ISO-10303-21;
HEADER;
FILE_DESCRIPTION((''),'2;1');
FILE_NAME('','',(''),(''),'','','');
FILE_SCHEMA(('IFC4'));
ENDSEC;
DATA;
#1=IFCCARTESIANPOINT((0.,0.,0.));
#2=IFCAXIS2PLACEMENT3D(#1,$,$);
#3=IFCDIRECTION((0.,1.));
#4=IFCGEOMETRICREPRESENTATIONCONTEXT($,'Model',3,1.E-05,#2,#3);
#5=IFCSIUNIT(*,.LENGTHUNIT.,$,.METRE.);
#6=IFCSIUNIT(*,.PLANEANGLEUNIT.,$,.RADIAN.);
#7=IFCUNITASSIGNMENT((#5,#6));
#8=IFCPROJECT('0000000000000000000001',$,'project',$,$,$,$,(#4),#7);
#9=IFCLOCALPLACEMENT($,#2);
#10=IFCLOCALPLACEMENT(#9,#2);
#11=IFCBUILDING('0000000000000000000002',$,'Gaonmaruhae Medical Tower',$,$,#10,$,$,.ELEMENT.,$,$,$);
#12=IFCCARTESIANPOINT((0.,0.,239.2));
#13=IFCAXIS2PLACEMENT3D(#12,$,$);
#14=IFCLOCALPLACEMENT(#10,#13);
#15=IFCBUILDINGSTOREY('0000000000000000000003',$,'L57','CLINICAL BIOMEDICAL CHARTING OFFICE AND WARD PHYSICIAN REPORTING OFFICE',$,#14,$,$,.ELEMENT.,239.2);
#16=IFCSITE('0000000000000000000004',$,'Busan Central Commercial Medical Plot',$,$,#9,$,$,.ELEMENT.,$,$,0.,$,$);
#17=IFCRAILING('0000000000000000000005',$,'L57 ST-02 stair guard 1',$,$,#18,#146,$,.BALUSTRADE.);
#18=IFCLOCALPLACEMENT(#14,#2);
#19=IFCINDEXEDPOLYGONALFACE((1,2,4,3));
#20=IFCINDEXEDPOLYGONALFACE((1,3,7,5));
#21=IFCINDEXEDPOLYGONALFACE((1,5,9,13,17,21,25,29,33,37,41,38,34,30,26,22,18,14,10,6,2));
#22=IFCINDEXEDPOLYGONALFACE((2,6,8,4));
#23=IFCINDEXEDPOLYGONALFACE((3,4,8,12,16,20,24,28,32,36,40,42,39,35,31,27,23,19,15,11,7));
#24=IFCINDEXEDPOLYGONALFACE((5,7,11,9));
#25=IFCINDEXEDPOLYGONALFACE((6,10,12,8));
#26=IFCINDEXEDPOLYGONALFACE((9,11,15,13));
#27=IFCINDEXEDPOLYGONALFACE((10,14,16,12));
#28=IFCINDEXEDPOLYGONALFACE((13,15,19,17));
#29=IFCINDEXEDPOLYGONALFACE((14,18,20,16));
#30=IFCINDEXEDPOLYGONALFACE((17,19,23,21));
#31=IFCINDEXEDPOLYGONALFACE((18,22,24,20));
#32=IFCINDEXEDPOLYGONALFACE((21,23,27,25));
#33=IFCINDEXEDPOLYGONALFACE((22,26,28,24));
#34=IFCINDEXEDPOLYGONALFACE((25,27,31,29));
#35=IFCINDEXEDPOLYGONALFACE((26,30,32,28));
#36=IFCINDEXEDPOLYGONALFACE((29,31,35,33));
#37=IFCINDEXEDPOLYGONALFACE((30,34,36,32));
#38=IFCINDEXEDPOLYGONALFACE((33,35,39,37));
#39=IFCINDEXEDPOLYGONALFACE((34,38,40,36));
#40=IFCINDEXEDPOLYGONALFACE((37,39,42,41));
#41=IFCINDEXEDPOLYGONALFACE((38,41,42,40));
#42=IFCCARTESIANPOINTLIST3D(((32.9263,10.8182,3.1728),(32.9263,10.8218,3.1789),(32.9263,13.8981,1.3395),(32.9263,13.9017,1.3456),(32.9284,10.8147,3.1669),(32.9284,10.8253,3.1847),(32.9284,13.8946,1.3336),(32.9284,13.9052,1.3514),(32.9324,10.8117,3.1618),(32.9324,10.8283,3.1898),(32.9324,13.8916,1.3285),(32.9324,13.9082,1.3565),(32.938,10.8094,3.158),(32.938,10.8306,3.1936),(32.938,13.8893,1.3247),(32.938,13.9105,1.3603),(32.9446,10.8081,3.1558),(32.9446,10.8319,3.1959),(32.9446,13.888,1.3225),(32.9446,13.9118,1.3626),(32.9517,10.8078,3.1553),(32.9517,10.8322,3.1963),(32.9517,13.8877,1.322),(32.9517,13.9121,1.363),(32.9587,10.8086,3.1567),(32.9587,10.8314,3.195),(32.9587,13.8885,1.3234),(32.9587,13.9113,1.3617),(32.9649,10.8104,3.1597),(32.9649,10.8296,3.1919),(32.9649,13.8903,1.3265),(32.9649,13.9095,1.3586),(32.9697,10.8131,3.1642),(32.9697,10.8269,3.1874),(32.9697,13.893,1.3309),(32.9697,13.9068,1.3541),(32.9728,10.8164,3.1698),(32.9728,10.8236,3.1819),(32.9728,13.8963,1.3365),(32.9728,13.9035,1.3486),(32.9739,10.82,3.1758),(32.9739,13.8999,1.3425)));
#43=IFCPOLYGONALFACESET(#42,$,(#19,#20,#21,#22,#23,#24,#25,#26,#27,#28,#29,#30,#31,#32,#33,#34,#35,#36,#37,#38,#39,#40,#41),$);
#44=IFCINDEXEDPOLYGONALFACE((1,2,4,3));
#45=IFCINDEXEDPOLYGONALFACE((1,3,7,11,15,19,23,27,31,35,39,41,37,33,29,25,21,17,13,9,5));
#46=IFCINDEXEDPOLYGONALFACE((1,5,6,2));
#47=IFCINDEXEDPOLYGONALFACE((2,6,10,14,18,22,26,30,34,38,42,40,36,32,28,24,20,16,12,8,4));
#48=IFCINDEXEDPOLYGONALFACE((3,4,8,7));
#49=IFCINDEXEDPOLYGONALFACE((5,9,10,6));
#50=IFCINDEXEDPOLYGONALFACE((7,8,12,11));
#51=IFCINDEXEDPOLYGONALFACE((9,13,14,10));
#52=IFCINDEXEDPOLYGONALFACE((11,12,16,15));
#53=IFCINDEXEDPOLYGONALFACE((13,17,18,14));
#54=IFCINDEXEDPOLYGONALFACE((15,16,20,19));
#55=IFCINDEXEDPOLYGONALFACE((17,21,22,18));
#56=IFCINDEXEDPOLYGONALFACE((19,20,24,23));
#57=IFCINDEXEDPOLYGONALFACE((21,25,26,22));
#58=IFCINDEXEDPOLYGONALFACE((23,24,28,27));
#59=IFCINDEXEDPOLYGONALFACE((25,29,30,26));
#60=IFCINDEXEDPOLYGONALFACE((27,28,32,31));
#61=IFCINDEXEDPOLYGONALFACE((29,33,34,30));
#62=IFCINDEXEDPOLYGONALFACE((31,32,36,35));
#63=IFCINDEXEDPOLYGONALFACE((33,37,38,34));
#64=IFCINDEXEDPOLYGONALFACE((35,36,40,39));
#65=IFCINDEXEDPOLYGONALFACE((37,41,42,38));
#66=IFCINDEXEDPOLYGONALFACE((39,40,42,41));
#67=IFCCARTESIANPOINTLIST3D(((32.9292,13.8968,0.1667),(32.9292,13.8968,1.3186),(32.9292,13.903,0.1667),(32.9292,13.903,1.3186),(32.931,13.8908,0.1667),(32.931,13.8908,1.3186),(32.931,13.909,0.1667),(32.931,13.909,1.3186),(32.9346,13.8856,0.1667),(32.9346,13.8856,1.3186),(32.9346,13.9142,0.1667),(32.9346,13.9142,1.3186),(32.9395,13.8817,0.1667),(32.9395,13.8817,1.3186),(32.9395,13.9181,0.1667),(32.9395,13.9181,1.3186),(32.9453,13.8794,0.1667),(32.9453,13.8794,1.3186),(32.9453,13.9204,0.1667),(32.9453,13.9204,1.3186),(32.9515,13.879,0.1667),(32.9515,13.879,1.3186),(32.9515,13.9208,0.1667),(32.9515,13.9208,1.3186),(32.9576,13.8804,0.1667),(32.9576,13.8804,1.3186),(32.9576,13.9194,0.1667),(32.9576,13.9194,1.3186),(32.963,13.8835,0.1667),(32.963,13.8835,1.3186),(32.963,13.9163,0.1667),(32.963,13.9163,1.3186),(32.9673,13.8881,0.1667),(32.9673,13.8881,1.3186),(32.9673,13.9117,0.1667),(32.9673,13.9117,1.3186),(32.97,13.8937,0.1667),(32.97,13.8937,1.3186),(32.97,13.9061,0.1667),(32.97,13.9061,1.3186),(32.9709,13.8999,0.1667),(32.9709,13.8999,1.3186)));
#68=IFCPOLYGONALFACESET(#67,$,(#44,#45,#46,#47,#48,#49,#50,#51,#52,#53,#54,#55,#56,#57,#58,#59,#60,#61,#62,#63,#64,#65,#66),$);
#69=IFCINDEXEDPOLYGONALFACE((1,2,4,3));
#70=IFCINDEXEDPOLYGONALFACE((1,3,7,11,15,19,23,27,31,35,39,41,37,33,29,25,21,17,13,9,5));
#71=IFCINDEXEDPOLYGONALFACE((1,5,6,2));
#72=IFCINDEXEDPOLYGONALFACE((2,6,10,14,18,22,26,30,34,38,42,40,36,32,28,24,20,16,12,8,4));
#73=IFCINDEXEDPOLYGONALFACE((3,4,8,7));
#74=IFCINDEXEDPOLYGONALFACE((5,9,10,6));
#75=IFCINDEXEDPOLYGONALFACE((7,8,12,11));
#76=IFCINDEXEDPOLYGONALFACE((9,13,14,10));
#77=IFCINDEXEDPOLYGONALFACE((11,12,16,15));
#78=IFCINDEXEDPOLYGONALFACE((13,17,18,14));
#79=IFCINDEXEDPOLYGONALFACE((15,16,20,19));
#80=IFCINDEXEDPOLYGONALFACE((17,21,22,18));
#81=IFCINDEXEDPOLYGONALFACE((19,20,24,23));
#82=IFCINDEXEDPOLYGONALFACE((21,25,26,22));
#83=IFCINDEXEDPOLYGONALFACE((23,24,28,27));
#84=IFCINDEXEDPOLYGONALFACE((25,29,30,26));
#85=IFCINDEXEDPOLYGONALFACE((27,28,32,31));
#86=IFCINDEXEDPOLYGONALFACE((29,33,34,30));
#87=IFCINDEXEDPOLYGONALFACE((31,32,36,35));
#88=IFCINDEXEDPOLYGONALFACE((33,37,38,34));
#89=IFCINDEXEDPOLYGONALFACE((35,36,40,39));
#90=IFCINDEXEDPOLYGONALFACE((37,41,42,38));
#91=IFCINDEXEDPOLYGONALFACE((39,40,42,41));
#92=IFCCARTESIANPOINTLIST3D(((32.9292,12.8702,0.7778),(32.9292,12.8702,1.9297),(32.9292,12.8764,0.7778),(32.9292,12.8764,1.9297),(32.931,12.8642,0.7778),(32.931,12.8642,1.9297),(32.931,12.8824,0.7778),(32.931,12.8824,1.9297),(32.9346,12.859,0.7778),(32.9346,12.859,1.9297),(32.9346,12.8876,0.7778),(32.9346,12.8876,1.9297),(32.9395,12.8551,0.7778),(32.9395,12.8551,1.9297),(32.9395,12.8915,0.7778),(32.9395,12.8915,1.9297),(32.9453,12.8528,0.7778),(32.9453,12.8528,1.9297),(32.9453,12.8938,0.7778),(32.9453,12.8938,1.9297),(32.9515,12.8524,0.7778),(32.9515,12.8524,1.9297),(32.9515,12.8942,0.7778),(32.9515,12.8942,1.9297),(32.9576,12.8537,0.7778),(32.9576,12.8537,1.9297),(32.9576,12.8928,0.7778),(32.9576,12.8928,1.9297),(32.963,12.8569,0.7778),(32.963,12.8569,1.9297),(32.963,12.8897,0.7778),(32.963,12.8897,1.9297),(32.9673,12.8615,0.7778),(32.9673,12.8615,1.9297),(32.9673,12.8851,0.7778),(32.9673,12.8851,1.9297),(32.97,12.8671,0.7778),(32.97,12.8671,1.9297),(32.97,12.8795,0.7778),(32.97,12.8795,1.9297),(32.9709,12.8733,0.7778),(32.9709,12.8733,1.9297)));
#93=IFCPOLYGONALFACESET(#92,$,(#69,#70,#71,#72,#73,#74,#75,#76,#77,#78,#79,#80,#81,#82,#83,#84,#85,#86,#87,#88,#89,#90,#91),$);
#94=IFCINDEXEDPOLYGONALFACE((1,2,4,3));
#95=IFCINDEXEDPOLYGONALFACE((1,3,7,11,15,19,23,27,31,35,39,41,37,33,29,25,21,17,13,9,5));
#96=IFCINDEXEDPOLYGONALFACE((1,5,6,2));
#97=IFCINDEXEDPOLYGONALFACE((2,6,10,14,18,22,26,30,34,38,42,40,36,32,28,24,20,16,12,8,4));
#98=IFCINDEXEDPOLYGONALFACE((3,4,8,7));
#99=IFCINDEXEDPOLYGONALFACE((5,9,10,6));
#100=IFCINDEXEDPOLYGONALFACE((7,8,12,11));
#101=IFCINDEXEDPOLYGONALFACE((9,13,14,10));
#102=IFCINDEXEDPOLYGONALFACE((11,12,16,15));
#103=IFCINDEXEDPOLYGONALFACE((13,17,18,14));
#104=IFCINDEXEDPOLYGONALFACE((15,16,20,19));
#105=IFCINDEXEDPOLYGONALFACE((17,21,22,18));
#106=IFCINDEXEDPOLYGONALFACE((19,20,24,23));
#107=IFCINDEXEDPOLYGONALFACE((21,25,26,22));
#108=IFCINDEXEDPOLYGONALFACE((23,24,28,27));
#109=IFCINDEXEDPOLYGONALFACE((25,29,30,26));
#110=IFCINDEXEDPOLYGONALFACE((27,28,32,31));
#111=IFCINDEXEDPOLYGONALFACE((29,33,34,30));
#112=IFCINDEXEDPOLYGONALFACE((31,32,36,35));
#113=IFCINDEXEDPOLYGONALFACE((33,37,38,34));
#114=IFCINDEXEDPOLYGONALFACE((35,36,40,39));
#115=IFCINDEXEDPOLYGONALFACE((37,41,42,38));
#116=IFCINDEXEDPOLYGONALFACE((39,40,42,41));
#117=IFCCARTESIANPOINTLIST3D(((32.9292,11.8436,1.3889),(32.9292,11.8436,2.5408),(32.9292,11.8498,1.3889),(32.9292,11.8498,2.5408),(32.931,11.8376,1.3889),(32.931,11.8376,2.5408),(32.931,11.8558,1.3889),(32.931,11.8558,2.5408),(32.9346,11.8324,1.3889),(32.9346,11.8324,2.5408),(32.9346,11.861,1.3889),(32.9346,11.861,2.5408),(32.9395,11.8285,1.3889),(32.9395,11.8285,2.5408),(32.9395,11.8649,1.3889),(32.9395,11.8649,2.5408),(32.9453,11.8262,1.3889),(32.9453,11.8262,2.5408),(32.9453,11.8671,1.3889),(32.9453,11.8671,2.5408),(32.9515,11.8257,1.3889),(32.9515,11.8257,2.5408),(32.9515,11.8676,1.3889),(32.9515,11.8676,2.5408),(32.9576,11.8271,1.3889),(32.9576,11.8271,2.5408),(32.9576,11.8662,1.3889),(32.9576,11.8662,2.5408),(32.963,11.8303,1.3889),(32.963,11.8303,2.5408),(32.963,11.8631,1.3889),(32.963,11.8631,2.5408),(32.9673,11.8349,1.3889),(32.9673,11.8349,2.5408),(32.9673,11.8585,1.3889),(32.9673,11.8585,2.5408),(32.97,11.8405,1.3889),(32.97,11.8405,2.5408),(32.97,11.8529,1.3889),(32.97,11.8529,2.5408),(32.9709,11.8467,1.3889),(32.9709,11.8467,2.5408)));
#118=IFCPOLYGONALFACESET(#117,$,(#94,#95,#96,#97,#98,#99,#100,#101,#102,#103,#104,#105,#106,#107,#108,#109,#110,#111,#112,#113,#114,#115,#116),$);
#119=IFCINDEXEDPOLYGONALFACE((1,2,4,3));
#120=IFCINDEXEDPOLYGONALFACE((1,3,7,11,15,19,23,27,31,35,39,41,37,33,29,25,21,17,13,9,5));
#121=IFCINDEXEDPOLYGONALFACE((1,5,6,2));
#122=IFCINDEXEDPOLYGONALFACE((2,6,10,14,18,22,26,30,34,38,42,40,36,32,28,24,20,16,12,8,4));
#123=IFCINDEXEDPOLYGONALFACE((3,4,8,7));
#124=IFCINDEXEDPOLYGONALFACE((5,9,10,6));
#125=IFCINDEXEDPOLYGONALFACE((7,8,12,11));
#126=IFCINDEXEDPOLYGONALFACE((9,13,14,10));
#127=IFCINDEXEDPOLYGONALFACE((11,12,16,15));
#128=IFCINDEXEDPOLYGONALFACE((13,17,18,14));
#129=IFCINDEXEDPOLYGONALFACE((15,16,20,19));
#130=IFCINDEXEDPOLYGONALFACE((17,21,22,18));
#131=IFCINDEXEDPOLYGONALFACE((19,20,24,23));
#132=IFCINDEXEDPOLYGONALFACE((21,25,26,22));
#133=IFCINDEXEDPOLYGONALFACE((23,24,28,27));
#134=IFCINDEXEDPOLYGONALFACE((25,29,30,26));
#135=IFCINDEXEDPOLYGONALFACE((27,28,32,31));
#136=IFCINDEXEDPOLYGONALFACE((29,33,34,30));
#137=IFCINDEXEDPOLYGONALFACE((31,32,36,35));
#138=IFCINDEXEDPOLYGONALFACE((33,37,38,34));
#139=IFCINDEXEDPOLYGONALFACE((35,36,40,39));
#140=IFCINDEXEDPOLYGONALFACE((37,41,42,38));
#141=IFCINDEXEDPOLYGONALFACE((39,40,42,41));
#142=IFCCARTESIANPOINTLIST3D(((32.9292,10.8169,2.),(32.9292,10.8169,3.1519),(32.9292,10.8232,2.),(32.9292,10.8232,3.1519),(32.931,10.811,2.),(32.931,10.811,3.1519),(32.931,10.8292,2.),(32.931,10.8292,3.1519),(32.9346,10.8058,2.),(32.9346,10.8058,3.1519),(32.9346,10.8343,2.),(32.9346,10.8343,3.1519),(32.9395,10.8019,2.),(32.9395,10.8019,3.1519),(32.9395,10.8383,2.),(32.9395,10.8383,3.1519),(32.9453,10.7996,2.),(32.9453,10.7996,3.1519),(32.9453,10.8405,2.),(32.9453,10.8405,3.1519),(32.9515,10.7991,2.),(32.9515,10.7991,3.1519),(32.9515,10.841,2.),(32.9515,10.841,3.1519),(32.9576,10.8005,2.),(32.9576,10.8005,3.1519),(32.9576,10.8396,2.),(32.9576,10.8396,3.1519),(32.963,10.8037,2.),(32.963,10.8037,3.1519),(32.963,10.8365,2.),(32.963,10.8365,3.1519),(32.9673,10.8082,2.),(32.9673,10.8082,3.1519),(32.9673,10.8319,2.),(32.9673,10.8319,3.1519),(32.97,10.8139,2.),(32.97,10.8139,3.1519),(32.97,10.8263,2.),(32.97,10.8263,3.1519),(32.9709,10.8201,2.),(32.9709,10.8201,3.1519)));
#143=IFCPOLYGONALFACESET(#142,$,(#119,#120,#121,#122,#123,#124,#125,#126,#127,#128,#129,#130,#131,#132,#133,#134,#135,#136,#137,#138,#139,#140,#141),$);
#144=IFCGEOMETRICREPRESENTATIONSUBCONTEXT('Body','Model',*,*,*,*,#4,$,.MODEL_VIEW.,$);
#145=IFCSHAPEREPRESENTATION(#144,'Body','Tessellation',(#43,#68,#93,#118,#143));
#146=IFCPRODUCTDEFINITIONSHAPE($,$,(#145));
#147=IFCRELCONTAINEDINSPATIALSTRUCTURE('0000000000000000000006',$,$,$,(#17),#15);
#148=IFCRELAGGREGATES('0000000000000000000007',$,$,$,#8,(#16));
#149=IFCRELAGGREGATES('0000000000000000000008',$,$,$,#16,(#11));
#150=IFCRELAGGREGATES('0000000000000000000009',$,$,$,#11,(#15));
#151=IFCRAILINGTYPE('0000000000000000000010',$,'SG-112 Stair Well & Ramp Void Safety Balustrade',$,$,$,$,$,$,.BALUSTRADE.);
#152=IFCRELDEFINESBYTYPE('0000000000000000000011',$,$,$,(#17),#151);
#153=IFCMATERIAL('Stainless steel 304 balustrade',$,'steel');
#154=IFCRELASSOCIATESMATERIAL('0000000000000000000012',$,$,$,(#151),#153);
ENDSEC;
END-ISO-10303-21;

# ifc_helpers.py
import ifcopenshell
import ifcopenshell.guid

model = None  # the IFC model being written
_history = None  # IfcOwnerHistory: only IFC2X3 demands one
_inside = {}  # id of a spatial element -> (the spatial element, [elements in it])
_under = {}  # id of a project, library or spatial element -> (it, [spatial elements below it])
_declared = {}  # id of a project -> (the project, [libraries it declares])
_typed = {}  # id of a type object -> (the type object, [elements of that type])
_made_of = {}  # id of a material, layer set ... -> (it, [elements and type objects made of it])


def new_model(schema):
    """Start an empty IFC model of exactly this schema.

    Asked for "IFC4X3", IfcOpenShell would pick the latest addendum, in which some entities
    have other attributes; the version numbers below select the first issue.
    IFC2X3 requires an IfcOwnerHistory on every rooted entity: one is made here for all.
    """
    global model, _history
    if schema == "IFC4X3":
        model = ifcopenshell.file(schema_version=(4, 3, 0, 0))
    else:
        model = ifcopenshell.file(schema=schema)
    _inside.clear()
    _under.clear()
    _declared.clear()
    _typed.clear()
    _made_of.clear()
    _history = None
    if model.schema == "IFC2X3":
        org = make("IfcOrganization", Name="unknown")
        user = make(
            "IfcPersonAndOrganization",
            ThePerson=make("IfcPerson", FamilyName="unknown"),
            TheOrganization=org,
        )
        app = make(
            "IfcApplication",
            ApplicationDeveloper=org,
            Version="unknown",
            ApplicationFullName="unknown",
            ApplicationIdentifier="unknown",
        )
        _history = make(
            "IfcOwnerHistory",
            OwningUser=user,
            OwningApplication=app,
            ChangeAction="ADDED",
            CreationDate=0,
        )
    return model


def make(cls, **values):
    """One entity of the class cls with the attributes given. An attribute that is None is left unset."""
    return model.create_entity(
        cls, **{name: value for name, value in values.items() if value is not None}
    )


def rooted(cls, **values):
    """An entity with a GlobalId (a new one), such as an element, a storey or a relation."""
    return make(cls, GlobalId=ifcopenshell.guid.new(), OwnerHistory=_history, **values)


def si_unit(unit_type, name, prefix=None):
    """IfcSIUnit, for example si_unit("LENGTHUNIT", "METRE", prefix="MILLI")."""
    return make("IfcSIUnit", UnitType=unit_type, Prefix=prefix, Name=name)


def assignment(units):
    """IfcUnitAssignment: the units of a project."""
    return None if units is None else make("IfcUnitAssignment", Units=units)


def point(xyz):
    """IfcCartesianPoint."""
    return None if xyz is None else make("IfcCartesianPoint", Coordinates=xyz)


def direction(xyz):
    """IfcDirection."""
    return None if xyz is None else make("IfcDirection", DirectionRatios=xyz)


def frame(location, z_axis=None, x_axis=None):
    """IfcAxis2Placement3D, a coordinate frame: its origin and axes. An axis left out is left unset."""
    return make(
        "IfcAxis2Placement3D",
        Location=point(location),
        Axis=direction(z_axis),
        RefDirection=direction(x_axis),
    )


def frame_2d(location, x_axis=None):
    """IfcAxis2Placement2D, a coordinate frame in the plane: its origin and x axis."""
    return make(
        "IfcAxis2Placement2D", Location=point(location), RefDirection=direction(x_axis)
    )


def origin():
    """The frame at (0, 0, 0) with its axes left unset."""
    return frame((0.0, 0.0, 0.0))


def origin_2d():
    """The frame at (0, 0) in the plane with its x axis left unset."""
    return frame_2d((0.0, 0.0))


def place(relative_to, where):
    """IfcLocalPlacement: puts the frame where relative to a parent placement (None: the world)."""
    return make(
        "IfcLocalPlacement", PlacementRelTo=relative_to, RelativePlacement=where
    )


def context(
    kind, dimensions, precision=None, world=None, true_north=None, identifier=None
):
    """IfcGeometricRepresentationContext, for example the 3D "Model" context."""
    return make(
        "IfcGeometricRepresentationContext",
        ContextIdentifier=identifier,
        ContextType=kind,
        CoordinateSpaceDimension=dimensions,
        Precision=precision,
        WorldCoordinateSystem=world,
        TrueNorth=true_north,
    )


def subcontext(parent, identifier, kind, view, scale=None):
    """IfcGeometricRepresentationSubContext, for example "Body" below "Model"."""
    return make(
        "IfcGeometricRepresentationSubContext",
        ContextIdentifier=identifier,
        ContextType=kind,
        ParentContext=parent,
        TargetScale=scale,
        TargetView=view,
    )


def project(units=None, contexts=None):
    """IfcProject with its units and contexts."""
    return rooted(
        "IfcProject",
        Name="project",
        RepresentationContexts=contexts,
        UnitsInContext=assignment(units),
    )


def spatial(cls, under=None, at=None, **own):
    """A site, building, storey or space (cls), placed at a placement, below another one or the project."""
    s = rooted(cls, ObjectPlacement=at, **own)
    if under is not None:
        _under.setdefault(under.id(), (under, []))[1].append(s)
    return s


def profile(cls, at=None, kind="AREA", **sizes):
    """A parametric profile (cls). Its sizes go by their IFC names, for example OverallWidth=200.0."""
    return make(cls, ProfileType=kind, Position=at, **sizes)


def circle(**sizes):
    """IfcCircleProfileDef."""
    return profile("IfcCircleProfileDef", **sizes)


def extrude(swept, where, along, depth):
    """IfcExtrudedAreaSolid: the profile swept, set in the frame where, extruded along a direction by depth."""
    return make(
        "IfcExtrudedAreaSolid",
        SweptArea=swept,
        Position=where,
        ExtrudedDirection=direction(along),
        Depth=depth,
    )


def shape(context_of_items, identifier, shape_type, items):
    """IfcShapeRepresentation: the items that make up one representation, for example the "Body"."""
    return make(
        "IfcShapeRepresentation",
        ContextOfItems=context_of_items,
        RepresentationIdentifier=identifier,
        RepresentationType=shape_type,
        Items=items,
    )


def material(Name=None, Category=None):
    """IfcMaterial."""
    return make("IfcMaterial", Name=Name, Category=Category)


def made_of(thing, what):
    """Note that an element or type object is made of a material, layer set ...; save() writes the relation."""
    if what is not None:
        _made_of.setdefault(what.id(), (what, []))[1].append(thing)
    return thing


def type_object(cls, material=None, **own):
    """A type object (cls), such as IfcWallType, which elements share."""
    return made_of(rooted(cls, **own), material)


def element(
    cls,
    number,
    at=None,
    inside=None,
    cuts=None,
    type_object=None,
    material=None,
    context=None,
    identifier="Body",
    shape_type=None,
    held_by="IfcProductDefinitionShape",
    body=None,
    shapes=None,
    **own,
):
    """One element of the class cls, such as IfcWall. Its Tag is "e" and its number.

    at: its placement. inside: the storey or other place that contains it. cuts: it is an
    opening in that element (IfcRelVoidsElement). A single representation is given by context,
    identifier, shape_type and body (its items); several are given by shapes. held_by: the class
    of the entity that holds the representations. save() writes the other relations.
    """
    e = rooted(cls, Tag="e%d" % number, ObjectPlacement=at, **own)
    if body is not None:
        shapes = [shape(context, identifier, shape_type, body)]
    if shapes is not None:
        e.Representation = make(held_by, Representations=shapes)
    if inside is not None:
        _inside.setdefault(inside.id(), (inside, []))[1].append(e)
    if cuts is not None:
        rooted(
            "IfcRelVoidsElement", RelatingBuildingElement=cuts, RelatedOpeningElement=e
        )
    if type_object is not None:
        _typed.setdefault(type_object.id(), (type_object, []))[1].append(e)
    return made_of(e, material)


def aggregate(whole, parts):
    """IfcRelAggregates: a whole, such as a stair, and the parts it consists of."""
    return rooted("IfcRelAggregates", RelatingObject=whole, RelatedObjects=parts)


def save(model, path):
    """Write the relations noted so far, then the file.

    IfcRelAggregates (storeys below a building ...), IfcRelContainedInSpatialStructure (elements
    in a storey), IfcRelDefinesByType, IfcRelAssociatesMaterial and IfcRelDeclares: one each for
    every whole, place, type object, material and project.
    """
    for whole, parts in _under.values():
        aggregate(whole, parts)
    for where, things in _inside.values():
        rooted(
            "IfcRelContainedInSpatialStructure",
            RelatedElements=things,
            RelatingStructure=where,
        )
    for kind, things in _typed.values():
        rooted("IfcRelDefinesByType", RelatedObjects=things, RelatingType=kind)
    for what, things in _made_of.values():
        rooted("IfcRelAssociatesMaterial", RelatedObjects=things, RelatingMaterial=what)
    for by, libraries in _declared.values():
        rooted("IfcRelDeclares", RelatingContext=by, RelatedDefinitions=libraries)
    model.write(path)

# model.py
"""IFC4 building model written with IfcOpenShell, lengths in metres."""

from ifc_helpers import new_model, si_unit, direction, frame, origin, origin_2d, place, context, subcontext, project, spatial, circle, extrude, material, type_object, element, save


model = new_model("IFC4")

# Units and contexts
model_context = context("Model", 3, precision=1e-05, world=origin(), true_north=direction((0.0, 1.0)))
body_context = subcontext(model_context, "Body", "Model", "MODEL_VIEW")
ifc_project = project(units=[si_unit("LENGTHUNIT", "METRE"), si_unit("PLANEANGLEUNIT", "RADIAN")], contexts=[model_context])

# Site, building, storey
site_placement = place(None, origin())
site = spatial("IfcSite", under=ifc_project, at=site_placement, Name="Busan Central Commercial Medical Plot", CompositionType="ELEMENT", RefElevation=0.0)
building_placement = place(site_placement, origin())
building = spatial("IfcBuilding", under=site, at=building_placement, Name="Gaonmaruhae Medical Tower", CompositionType="ELEMENT")
storey_placement = place(building_placement, frame((0.0, 0.0, 239.2)))
storey = spatial("IfcBuildingStorey", under=building, at=storey_placement, Name="L57", Description="CLINICAL BIOMEDICAL CHARTING OFFICE AND WARD PHYSICIAN REPORTING OFFICE", CompositionType="ELEMENT", Elevation=239.2)

# Railing
ifc_material_1 = material(Name="Stainless steel 304 balustrade", Category="steel")
railing_type_1 = type_object("IfcRailingType", Name="SG-112 Stair Well & Ramp Void Safety Balustrade", PredefinedType="BALUSTRADE", material=ifc_material_1)
railing_1_placement = place(storey_placement, frame((32.95, 13.8999, 0.1667)))
element("IfcRailing", 1, at=railing_1_placement, inside=storey, type_object=railing_type_1, Name="L57 ST-02 stair guard 1", PredefinedType="BALUSTRADE", context=body_context, shape_type="SweptSolid", body=[
    extrude(circle(Radius=0.0239, at=origin_2d()), frame((0.0, 0.0, 1.1758), z_axis=(0.0, -0.859291, 0.511487), x_axis=(1.0, 0.0, 0.0)), (0.0, 0.0, 1.0), 3.5842),
    extrude(circle(Radius=0.021, at=origin_2d()), origin(), (0.0, 0.0, 1.0), 1.1519),
    extrude(circle(Radius=0.021, at=origin_2d()), frame((0.0, -1.0266, 0.6111)), (0.0, 0.0, 1.0), 1.1519),
    extrude(circle(Radius=0.021, at=origin_2d()), frame((0.0, -2.0532, 1.2222)), (0.0, 0.0, 1.0), 1.1519),
    extrude(circle(Radius=0.021, at=origin_2d()), frame((0.0, -3.0798, 1.8333)), (0.0, 0.0, 1.0), 1.1519),
])

save(model, "model.ifc")
